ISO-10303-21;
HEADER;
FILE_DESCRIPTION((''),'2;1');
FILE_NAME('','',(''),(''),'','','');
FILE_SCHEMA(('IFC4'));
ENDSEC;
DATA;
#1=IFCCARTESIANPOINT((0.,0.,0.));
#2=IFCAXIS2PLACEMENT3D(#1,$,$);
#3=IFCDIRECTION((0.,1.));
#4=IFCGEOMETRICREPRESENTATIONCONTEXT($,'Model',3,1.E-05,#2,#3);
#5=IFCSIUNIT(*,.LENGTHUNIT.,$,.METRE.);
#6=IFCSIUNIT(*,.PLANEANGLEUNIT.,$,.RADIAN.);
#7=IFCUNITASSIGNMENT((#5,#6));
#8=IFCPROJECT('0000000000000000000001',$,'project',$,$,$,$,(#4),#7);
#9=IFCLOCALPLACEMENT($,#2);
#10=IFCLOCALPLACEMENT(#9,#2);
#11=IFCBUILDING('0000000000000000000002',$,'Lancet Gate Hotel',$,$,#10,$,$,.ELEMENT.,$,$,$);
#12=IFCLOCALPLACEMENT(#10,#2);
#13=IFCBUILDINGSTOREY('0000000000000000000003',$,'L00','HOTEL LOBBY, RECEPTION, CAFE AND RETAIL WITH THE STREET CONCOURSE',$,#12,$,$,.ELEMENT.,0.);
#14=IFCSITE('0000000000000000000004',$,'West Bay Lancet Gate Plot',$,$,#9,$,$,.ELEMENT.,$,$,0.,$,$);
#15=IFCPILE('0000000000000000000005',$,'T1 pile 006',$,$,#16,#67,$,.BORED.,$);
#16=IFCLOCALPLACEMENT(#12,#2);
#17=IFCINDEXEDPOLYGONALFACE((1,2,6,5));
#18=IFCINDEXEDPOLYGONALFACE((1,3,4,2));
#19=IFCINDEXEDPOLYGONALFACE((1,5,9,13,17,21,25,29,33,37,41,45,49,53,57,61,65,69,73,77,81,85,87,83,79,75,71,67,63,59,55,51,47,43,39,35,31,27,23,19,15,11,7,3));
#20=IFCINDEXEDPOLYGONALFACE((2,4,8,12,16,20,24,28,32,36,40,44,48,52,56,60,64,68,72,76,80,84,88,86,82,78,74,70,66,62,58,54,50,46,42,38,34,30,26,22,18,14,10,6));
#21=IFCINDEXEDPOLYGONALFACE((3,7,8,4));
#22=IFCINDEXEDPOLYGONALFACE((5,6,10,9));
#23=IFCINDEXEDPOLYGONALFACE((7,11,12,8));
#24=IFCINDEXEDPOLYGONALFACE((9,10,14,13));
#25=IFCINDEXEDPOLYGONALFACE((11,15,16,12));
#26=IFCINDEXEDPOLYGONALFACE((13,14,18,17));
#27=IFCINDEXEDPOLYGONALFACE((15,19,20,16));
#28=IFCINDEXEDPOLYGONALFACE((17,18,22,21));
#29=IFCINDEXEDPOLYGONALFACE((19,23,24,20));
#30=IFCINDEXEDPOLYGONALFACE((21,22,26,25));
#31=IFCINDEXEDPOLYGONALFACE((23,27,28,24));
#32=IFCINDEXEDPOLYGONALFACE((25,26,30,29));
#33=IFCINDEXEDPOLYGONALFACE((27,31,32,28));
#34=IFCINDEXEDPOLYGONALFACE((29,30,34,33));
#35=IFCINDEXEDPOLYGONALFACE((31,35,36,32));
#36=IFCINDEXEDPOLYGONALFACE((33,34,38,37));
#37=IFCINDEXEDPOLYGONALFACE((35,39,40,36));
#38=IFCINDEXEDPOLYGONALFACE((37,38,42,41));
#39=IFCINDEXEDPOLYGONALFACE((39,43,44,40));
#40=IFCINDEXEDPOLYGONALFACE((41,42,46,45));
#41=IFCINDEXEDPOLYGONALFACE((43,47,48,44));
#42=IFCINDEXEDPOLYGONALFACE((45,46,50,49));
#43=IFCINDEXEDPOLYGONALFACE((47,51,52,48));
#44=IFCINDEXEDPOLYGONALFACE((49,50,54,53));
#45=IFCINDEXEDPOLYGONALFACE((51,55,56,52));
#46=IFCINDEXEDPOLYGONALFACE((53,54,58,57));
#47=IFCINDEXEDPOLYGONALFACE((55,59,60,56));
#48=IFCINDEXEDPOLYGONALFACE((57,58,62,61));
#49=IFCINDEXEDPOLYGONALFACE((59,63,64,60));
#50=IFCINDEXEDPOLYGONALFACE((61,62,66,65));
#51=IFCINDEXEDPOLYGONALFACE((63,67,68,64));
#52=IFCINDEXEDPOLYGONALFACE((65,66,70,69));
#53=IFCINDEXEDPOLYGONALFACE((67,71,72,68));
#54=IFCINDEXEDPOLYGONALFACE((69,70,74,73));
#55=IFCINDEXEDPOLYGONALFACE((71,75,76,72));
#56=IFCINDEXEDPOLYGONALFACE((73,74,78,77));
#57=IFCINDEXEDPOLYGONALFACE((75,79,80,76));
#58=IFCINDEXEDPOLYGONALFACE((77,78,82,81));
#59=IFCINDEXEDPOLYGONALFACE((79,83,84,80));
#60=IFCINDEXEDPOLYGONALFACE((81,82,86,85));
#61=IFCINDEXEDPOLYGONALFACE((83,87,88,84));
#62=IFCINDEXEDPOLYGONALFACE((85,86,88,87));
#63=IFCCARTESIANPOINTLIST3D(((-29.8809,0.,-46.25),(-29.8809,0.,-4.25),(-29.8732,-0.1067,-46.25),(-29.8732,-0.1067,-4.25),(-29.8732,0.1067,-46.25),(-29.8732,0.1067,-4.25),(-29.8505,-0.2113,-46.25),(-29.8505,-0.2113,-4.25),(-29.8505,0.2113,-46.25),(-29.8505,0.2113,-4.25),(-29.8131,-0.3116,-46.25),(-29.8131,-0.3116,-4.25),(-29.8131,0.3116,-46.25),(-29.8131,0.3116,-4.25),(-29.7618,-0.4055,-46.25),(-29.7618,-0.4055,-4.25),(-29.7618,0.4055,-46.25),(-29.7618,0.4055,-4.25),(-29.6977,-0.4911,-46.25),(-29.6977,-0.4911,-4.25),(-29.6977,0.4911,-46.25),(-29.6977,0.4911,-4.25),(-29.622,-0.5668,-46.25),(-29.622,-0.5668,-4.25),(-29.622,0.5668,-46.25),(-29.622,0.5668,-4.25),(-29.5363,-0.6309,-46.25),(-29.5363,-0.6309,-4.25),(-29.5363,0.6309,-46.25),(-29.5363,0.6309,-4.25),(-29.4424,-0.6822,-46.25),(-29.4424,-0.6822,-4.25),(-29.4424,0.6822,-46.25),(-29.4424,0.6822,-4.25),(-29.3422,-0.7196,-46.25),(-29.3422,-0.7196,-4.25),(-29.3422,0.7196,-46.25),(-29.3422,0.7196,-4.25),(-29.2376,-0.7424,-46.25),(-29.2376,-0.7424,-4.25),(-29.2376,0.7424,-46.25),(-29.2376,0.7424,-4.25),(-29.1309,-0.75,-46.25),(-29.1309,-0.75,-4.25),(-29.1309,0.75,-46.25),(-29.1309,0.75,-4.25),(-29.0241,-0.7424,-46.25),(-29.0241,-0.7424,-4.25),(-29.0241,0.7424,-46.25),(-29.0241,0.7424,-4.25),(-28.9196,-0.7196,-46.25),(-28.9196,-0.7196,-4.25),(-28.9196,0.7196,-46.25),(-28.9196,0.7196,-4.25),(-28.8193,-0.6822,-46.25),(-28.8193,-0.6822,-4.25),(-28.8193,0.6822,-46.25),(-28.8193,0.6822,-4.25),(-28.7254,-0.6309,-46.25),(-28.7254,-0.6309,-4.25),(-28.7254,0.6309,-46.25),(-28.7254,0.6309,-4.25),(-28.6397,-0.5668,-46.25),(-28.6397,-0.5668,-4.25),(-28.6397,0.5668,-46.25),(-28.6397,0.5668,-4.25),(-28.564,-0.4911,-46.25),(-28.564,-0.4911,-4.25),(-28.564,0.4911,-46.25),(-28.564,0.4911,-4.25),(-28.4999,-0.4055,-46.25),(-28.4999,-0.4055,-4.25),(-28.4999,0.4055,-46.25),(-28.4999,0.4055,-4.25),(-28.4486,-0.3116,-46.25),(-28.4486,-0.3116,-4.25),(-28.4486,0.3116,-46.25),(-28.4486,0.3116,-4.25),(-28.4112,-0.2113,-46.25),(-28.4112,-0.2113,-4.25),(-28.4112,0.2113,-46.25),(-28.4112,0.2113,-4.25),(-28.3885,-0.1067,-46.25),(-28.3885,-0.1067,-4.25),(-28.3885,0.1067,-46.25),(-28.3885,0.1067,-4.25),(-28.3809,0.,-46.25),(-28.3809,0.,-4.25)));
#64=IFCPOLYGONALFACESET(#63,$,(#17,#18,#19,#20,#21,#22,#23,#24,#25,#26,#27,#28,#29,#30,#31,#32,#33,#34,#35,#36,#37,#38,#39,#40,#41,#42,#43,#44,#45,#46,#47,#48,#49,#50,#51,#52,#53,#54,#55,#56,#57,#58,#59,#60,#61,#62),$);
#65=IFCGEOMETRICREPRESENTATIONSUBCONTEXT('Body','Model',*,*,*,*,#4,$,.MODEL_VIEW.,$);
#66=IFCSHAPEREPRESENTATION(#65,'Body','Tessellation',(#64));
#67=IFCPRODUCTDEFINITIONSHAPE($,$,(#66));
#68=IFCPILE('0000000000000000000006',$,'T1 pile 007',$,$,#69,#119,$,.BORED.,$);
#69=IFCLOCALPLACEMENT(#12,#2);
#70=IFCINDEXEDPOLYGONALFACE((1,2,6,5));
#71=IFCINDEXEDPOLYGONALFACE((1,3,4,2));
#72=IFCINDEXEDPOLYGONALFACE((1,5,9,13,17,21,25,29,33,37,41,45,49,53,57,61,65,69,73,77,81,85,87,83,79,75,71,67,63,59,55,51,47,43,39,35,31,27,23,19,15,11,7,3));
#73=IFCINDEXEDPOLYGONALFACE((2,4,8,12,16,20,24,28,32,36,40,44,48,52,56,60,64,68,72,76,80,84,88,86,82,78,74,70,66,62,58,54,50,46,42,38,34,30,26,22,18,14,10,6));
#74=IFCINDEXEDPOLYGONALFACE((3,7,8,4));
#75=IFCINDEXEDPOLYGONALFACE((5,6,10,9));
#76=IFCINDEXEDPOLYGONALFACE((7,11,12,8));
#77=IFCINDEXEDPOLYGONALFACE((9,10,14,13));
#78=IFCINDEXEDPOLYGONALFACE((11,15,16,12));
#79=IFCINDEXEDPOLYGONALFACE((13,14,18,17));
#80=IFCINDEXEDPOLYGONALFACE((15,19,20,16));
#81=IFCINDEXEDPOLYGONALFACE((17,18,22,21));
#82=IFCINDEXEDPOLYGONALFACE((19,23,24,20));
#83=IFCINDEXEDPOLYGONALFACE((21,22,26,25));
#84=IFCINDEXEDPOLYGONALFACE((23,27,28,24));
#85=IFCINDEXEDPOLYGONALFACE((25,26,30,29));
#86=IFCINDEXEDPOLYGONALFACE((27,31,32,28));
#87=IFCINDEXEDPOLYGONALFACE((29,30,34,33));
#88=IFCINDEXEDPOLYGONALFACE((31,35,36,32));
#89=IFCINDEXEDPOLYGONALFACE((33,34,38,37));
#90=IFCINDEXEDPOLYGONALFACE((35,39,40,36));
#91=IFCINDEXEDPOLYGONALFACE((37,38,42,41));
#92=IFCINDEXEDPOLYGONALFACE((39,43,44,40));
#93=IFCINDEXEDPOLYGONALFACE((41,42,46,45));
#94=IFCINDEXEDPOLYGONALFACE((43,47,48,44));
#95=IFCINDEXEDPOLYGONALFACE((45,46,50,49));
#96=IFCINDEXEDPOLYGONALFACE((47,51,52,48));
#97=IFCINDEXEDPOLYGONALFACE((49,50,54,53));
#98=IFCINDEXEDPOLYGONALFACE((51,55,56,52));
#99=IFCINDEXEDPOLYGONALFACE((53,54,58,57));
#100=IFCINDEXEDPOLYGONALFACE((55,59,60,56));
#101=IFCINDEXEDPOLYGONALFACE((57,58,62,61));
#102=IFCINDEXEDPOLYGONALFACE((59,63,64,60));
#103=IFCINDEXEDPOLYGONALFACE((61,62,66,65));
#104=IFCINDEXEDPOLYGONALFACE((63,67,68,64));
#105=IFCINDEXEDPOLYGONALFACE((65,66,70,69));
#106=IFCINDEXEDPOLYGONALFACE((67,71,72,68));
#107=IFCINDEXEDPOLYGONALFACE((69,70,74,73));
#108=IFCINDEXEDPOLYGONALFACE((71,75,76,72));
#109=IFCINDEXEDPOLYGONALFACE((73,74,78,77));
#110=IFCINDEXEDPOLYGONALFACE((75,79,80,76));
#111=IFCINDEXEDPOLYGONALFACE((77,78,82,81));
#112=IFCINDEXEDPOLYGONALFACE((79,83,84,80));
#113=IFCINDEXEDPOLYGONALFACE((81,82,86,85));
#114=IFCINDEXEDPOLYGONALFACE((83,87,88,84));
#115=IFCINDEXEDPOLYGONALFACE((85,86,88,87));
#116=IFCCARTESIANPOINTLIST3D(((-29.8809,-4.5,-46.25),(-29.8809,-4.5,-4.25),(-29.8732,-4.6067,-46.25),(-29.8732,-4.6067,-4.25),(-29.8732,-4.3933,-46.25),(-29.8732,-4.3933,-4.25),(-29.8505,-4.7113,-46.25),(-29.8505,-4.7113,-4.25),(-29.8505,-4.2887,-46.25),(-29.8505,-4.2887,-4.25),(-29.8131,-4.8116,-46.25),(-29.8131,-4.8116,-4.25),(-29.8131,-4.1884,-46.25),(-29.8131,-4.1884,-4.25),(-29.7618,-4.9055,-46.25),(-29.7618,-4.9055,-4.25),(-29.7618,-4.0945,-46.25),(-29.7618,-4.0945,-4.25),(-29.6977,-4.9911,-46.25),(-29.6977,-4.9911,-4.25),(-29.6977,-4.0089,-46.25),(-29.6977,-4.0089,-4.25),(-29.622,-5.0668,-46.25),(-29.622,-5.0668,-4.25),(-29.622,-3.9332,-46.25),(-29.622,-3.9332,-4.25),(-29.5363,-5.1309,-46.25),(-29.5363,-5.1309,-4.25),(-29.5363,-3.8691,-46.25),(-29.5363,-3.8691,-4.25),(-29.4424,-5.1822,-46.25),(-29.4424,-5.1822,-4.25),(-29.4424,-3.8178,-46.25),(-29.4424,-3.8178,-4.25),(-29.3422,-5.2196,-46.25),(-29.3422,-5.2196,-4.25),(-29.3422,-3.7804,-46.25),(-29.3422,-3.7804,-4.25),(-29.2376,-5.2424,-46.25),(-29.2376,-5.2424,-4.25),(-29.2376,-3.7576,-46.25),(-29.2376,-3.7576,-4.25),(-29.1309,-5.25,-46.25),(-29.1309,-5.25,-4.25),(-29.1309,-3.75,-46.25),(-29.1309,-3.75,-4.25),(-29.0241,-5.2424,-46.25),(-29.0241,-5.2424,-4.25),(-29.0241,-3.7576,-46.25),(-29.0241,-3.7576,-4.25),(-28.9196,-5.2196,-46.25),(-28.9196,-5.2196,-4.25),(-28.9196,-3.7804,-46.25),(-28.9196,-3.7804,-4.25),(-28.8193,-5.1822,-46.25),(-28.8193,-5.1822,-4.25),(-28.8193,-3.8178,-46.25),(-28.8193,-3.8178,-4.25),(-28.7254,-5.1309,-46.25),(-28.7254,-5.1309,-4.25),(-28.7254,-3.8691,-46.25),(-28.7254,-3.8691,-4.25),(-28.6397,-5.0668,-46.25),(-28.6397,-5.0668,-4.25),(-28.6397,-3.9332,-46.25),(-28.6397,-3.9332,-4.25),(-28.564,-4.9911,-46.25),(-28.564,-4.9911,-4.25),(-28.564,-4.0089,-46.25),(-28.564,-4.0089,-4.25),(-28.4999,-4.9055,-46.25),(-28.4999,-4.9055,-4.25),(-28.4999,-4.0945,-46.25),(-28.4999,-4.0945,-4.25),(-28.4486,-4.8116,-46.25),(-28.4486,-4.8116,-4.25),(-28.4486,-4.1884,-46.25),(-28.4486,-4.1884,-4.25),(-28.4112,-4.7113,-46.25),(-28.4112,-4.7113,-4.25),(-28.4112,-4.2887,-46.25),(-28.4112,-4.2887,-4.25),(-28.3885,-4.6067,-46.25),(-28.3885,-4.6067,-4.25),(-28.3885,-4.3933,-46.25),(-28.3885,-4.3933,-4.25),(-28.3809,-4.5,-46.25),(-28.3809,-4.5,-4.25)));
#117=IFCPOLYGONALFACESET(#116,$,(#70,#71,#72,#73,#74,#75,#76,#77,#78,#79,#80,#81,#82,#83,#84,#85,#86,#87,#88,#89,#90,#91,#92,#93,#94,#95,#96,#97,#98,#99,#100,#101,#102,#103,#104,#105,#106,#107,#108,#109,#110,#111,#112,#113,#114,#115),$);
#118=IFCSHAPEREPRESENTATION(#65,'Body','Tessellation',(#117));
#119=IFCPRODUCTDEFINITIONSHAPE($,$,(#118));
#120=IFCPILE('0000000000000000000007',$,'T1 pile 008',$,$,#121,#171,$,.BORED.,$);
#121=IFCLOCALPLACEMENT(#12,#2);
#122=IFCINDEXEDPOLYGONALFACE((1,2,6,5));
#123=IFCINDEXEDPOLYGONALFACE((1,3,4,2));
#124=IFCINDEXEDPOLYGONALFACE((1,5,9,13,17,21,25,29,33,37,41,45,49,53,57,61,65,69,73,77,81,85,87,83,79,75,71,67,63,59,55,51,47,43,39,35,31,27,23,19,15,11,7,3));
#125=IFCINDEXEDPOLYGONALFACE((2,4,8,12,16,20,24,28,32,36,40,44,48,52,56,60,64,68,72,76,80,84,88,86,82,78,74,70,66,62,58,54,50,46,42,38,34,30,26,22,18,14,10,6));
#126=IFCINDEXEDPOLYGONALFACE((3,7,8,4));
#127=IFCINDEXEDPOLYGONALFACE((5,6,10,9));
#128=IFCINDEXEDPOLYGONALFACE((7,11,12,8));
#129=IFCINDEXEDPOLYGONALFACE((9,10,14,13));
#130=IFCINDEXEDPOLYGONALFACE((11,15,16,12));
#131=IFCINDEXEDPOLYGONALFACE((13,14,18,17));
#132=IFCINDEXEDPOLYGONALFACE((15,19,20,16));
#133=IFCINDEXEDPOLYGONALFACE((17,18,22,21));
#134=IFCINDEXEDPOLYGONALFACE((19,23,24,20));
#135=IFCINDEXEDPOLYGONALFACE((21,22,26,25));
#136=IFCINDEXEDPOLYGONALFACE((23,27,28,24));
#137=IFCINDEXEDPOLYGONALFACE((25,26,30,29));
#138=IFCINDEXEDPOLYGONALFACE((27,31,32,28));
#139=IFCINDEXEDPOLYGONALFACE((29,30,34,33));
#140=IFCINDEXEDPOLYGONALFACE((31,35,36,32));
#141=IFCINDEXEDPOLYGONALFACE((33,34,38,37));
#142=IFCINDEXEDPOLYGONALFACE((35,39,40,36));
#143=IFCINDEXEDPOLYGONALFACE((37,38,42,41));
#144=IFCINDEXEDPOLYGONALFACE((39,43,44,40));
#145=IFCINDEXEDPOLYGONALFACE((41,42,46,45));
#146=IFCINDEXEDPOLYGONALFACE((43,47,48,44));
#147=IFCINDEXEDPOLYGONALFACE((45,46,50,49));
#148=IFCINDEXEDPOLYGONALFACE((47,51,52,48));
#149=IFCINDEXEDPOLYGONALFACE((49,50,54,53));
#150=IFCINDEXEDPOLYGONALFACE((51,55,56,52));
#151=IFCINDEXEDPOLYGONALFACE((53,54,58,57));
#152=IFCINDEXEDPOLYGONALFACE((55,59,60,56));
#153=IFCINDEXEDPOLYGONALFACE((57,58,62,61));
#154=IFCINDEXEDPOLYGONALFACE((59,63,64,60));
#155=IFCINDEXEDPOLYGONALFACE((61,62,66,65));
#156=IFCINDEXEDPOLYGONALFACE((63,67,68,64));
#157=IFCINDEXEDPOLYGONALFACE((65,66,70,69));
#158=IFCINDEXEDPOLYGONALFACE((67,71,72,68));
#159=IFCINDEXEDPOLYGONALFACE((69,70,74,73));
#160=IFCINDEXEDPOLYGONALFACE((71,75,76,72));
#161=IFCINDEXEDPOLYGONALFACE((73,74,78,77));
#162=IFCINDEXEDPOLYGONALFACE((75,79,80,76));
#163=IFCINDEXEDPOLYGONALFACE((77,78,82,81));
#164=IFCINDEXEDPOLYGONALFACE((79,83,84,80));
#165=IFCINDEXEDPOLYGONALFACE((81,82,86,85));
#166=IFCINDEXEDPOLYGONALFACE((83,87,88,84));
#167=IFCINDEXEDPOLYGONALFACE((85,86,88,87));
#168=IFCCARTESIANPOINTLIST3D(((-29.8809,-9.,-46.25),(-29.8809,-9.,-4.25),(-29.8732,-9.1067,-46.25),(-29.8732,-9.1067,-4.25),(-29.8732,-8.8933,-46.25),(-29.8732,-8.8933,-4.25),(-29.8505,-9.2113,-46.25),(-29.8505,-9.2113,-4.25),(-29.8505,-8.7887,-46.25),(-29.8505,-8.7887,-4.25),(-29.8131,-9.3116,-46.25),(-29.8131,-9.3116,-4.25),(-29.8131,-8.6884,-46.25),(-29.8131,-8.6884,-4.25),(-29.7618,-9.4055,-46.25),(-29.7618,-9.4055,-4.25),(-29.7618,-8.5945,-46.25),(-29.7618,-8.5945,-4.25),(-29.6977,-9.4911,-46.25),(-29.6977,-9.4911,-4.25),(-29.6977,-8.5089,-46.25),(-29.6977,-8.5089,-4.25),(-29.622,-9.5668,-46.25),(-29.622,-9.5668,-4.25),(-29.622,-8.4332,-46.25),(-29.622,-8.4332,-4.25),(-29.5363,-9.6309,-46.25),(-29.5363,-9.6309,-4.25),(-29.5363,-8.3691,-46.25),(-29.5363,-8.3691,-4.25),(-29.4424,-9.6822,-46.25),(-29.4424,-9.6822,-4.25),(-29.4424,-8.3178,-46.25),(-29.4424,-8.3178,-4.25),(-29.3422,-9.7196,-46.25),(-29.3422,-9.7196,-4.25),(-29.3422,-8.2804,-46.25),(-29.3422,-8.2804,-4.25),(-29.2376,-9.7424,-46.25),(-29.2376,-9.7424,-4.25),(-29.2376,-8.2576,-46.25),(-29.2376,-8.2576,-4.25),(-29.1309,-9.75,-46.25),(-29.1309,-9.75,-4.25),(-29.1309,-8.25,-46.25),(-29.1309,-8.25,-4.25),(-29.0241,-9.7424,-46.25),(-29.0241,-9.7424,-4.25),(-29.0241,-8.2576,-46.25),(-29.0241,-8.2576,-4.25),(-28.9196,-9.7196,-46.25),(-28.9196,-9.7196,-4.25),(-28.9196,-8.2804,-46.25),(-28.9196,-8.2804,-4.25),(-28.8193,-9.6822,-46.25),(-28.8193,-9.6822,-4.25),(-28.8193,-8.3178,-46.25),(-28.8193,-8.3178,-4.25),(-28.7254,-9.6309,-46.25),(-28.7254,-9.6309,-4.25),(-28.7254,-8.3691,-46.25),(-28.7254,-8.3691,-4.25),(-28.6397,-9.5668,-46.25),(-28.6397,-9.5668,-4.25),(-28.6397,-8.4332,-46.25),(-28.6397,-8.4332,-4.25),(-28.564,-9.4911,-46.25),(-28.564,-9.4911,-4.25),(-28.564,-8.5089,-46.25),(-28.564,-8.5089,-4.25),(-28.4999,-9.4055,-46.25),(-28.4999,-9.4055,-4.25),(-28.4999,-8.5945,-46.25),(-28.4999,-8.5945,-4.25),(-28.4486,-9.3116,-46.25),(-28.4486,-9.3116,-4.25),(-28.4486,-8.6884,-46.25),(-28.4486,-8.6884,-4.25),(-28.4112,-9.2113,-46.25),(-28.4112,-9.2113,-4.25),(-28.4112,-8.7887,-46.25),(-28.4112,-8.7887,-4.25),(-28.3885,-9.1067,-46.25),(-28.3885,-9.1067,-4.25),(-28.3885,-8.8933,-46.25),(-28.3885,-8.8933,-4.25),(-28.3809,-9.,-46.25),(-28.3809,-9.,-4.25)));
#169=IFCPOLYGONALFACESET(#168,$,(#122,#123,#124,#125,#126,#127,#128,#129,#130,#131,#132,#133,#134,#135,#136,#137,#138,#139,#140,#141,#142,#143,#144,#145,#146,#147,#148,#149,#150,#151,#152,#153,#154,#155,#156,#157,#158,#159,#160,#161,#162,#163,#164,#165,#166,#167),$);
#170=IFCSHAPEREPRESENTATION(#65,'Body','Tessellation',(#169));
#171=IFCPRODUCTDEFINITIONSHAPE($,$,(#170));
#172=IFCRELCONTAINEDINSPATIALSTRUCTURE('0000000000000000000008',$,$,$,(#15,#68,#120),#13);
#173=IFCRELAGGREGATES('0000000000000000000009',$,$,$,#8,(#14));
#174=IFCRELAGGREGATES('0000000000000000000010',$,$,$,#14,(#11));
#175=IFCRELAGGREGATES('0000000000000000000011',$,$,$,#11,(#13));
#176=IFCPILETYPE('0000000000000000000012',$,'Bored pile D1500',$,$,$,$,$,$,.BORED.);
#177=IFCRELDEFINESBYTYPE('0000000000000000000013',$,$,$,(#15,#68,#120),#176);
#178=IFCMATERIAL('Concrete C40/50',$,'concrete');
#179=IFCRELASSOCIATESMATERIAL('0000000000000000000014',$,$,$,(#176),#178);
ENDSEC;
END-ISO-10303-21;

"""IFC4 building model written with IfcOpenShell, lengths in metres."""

from ifc_helpers import new_model, si_unit, direction, frame, origin, origin_2d, place, context, subcontext, project, spatial, circle, extrude, material, material_profile, profile_set, type_object, element, save


model = new_model("IFC4")

# Units and contexts
model_context = context("Model", 3, precision=1e-05, world=origin(), true_north=direction((0.0, 1.0)))
body_context = subcontext(model_context, "Body", "Model", "MODEL_VIEW")
ifc_project = project(units=[si_unit("LENGTHUNIT", "METRE"), si_unit("PLANEANGLEUNIT", "RADIAN")], contexts=[model_context])

# Site, building, storey
site_placement = place(None, origin())
site = spatial("IfcSite", under=ifc_project, at=site_placement, Name="West Bay Lancet Gate Plot", CompositionType="ELEMENT", RefElevation=0.0)
building_placement = place(site_placement, origin())
building = spatial("IfcBuilding", under=site, at=building_placement, Name="Lancet Gate Hotel", CompositionType="ELEMENT")
storey_placement = place(building_placement, origin())
storey = spatial("IfcBuildingStorey", under=building, at=storey_placement, Name="L00", Description="HOTEL LOBBY, RECEPTION, CAFE AND RETAIL WITH THE STREET CONCOURSE", CompositionType="ELEMENT", Elevation=0.0)

# Piles
ifc_material_1 = material(Name="Concrete C40/50", Category="concrete")
ifc_material_profile_1 = material_profile(ifc_material_1, circle(Radius=0.75, at=origin_2d()), Name="PILE D1500")
ifc_profile_set_1 = profile_set([ifc_material_profile_1], Name="Concrete C40/50")
pile_type = type_object("IfcPileType", Name="Bored pile D1500", PredefinedType="BORED", material=ifc_profile_set_1)
for number, where, z_axis, x_axis, name in (
    (1, (-29.1309, 0.0, -4.25), (0.0, 0.0, -1.0), (1.0, 0.0, 0.0), "T1 pile 006"),
    (2, (-29.1309, -4.5, -4.25), (0.0, 0.0, -1.0), (1.0, 0.0, 0.0), "T1 pile 007"),
    (3, (-29.1309, -9.0, -4.25), (0.0, 0.0, -1.0), (1.0, 0.0, 0.0), "T1 pile 008"),
):
    element("IfcPile", number, at=place(storey_placement, frame(where, z_axis=z_axis, x_axis=x_axis)), inside=storey, type_object=pile_type, Name=name, PredefinedType="BORED", context=body_context, shape_type="SweptSolid", body=[
        extrude(circle(Radius=0.75, at=origin_2d()), origin(), (0.0, 0.0, 1.0), 42.0),
    ])

save(model, "model.ifc")
